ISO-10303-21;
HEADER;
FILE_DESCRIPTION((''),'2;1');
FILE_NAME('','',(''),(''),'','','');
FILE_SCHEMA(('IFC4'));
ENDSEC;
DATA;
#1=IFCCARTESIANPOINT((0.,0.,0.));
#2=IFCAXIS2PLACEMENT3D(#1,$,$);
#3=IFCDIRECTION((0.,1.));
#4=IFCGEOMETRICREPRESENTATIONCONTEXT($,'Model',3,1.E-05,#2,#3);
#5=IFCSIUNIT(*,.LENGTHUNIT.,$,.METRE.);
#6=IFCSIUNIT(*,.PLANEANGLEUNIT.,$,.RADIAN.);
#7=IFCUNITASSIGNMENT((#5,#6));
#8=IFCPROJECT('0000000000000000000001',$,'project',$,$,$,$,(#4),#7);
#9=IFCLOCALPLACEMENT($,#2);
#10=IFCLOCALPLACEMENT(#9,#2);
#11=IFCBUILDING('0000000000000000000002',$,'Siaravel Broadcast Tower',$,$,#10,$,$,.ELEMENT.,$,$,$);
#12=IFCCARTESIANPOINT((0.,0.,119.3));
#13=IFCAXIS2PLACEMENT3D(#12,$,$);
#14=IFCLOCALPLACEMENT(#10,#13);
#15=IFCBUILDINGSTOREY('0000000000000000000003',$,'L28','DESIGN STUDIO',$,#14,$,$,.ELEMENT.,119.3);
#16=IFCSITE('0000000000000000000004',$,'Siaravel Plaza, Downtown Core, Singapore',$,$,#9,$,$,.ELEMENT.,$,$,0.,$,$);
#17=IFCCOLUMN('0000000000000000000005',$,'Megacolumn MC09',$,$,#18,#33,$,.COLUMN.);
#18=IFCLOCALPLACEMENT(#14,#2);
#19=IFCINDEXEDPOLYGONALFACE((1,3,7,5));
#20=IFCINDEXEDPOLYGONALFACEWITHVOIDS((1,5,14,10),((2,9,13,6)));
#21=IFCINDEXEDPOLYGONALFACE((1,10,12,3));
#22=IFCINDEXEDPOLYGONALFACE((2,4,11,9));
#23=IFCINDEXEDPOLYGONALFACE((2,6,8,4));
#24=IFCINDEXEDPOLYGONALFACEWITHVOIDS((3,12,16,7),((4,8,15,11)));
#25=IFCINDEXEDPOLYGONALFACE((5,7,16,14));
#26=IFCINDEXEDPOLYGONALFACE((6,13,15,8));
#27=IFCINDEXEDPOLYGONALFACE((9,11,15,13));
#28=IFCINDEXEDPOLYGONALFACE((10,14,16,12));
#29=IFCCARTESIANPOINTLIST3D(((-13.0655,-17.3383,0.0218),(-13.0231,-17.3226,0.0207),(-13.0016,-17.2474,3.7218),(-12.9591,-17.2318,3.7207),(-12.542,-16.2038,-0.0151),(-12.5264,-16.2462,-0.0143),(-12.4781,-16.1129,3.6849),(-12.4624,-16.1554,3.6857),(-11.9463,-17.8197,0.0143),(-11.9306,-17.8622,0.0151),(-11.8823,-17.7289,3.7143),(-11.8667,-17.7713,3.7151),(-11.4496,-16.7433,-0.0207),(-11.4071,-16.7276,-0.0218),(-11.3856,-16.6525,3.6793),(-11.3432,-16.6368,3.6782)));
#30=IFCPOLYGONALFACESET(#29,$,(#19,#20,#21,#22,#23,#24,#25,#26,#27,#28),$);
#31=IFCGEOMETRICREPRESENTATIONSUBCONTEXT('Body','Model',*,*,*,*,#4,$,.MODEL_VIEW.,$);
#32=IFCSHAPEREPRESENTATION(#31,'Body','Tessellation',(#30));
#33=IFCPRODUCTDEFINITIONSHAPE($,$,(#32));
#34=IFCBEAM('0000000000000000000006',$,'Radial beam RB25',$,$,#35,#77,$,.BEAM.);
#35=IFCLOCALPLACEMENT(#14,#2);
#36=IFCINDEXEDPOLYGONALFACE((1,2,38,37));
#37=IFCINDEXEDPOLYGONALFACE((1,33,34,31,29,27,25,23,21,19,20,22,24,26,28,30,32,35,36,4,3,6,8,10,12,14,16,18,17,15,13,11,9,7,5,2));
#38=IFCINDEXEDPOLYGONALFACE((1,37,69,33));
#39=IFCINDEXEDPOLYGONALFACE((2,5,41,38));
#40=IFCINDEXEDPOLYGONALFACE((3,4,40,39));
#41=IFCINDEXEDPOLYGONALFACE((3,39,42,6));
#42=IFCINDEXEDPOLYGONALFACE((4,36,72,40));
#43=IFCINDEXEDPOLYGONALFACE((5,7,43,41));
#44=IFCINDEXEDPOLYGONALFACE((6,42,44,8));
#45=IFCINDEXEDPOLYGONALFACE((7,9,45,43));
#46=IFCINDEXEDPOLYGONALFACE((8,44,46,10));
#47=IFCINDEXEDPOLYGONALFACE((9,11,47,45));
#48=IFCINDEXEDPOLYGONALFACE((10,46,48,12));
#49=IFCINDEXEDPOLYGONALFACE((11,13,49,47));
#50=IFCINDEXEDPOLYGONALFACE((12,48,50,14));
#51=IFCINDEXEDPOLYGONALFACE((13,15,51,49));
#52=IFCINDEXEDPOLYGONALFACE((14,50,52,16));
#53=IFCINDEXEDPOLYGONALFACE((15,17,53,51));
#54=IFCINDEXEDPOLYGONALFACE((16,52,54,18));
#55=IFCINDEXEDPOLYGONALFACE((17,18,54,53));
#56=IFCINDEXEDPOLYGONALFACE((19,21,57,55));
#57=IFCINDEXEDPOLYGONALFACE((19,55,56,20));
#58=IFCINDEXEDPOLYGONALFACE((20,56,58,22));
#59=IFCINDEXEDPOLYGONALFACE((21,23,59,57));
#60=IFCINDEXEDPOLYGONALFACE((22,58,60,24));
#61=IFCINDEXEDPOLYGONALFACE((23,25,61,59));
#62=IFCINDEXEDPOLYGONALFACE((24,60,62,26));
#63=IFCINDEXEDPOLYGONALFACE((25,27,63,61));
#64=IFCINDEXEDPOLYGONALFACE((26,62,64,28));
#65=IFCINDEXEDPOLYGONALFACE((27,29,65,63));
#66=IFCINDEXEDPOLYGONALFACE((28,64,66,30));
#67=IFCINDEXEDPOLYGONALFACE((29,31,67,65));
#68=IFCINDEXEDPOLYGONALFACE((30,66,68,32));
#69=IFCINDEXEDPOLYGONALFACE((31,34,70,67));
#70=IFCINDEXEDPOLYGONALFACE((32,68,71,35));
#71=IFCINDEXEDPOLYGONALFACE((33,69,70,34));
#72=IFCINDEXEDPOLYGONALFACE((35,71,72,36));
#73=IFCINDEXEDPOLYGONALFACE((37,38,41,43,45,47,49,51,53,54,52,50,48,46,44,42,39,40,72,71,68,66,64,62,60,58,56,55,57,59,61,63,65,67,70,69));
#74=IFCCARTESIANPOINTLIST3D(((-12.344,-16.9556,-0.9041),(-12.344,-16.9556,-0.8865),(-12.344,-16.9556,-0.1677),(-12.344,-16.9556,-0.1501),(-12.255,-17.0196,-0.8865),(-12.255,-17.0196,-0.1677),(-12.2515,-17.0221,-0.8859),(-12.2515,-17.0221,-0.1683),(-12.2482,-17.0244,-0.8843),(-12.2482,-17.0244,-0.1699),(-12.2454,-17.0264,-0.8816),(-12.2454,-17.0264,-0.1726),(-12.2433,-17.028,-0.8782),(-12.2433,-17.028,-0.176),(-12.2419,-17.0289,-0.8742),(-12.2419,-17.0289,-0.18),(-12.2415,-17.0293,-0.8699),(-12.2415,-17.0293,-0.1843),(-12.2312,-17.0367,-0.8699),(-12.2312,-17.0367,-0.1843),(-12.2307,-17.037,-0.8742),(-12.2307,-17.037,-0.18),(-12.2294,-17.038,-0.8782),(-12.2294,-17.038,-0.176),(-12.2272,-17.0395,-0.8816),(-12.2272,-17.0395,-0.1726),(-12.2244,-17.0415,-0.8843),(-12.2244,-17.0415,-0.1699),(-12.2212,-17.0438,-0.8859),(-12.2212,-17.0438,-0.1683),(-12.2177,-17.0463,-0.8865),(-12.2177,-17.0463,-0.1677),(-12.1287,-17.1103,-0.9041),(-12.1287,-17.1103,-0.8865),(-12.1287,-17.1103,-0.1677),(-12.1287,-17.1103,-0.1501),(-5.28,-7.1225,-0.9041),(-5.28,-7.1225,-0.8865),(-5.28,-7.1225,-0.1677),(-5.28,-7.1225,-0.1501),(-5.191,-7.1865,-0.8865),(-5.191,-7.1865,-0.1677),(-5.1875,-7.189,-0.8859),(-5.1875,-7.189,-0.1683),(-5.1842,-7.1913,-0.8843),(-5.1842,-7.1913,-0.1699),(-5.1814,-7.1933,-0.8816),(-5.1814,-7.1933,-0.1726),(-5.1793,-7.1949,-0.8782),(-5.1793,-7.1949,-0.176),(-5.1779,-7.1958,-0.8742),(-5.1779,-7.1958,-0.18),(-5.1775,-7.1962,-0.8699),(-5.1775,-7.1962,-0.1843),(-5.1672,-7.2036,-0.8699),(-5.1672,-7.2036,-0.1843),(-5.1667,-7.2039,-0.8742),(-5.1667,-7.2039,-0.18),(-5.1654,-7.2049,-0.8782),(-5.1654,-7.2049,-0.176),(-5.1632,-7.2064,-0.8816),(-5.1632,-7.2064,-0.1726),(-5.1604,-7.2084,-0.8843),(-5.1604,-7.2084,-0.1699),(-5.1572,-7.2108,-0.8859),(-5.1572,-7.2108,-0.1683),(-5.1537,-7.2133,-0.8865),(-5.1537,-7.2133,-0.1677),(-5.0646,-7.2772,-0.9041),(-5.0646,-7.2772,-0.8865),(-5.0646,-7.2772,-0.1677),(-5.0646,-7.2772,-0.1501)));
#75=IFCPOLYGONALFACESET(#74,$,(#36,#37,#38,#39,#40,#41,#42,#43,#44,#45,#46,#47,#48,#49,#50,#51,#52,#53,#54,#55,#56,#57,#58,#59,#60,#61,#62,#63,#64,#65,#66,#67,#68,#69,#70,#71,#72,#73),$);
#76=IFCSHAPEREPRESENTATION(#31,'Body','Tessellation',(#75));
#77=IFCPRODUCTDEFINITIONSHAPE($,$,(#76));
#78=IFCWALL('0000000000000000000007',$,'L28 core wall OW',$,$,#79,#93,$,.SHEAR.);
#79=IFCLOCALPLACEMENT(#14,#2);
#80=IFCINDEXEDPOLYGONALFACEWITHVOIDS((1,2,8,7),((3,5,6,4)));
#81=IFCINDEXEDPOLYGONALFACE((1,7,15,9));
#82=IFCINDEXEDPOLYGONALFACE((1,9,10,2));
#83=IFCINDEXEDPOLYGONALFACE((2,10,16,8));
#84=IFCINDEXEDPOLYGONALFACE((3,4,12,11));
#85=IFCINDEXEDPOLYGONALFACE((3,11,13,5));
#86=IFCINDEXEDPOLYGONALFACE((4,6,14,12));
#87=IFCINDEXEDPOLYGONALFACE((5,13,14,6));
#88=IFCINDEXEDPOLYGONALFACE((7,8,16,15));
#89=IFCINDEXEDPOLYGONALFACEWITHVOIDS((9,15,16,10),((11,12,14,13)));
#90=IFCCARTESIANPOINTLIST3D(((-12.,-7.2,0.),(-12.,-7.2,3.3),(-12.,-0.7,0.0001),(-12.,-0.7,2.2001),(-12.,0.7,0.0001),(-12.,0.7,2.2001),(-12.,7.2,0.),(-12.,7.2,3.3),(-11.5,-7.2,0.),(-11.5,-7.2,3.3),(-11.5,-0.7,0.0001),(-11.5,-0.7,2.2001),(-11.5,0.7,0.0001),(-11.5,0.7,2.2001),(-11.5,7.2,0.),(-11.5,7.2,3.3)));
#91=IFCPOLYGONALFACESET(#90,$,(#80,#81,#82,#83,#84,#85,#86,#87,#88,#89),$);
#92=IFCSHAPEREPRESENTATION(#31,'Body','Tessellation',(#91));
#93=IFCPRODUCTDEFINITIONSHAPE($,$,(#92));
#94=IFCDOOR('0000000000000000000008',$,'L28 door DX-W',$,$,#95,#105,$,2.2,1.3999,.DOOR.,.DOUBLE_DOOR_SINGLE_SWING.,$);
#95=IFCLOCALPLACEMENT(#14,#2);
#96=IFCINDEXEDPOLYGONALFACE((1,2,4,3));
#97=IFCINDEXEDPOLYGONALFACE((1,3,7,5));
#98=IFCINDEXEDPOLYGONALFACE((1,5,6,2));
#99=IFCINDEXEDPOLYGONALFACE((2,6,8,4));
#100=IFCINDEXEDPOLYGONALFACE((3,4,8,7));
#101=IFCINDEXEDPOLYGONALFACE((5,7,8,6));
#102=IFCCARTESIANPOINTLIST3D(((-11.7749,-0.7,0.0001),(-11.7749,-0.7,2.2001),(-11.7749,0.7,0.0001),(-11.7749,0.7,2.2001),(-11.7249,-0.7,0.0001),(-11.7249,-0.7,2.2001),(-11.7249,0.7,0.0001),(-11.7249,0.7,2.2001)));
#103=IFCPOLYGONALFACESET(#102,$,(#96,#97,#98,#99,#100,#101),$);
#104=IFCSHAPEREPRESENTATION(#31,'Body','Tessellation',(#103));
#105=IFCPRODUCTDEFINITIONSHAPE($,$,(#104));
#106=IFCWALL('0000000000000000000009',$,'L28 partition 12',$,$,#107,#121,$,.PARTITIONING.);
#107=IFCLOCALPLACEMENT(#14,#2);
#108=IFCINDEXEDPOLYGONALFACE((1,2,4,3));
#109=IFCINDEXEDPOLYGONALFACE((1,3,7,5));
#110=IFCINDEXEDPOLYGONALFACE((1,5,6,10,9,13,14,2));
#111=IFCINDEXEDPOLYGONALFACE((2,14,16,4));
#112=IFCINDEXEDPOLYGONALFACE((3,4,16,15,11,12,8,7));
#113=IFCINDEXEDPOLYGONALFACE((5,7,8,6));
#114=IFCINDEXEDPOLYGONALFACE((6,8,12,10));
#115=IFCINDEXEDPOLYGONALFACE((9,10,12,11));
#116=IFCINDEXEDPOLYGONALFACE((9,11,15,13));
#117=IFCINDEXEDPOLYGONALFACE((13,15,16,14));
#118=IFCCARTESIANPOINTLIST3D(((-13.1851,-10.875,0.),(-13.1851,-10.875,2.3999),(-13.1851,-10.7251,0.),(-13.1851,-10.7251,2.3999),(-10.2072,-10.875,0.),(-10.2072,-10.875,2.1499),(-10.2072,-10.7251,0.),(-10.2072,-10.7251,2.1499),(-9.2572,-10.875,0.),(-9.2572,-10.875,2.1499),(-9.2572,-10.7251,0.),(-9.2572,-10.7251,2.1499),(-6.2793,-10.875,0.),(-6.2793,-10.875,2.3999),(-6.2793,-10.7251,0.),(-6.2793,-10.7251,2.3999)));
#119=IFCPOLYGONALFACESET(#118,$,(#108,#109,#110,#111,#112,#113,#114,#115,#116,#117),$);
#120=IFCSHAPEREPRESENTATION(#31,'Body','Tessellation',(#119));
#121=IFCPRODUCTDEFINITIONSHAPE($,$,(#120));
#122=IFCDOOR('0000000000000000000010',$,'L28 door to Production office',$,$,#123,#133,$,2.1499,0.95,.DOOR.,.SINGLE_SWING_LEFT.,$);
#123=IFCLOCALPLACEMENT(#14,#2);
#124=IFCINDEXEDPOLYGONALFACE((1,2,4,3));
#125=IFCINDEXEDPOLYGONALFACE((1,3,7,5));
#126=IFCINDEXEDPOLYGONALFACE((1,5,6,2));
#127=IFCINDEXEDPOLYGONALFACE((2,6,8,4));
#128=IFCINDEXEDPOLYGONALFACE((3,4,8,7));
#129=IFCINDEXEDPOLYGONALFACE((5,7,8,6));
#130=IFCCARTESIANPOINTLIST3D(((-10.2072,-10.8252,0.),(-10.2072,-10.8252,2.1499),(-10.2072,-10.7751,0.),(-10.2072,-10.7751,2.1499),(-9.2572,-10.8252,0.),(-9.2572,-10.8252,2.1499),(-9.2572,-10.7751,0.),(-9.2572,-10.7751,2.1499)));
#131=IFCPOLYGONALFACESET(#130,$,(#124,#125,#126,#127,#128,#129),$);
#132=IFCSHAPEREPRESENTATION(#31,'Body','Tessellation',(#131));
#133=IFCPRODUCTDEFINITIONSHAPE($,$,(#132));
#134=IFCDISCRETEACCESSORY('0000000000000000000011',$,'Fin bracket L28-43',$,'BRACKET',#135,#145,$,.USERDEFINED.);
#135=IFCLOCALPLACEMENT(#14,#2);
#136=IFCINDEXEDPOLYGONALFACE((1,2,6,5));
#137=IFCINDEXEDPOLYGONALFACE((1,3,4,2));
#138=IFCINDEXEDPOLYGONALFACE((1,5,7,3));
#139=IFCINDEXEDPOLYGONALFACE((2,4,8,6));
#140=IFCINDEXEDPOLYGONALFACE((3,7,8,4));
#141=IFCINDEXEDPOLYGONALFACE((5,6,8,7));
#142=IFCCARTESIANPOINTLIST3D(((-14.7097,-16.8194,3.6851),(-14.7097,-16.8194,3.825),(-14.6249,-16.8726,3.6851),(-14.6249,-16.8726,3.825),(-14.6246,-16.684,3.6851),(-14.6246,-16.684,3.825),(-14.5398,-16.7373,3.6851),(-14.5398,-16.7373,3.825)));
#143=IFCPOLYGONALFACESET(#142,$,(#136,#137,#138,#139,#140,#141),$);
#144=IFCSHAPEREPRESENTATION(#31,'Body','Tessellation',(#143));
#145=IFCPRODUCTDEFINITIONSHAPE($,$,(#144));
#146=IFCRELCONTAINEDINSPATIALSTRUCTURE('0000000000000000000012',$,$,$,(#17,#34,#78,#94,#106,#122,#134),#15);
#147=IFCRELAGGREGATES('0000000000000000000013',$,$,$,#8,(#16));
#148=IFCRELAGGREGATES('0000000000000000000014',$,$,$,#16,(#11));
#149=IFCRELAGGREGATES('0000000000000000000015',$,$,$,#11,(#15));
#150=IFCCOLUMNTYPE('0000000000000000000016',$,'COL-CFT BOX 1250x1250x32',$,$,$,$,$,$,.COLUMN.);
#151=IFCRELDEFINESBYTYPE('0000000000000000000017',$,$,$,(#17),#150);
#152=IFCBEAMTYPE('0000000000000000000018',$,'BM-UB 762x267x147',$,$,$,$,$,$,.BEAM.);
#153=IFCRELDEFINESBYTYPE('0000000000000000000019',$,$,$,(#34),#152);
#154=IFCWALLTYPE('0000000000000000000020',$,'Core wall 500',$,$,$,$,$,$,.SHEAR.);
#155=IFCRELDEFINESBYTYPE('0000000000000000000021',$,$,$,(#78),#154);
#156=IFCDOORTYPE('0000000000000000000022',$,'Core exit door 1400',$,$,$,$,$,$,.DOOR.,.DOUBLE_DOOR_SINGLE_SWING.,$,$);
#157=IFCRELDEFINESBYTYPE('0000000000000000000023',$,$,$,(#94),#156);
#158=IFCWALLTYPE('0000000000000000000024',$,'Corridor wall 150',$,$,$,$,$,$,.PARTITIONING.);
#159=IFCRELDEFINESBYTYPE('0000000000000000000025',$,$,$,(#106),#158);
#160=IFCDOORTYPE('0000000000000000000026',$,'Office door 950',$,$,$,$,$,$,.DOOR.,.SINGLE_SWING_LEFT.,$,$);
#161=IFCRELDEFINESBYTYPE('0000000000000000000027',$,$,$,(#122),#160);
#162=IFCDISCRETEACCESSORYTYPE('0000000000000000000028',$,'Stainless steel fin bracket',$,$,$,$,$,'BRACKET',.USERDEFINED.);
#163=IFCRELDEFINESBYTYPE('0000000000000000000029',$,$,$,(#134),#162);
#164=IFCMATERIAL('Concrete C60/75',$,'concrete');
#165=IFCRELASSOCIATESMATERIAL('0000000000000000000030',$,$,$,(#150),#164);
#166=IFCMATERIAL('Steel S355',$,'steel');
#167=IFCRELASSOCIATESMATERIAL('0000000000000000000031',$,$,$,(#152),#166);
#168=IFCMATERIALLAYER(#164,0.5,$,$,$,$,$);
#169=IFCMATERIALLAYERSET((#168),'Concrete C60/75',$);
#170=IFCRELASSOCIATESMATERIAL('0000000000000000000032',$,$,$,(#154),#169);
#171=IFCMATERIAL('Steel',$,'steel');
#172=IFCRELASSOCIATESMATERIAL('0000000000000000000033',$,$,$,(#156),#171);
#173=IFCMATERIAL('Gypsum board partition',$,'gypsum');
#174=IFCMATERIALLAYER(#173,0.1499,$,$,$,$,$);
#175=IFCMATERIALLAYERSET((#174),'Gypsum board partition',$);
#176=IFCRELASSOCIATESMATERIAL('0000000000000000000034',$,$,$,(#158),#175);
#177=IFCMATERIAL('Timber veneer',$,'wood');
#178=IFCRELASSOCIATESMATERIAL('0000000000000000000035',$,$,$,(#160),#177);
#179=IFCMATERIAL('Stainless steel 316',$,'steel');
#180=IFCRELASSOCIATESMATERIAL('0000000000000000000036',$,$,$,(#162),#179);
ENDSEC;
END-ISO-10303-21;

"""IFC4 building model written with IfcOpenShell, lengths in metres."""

from ifc_helpers import new_model, si_unit, direction, frame, frame_2d, origin, origin_2d, place, context, subcontext, project, spatial, rectangle, hollow_rectangle, i_section, extrude, material, layer, layer_set, material_profile, profile_set, type_object, element, fill, save


model = new_model("IFC4")

# Units and contexts
model_context = context("Model", 3, precision=1e-05, world=origin(), true_north=direction((0.0, 1.0)))
body_context = subcontext(model_context, "Body", "Model", "MODEL_VIEW")
ifc_project = project(units=[si_unit("LENGTHUNIT", "METRE"), si_unit("PLANEANGLEUNIT", "RADIAN")], contexts=[model_context])

# Site, building, storey
site_placement = place(None, origin())
site = spatial("IfcSite", under=ifc_project, at=site_placement, Name="Siaravel Plaza, Downtown Core, Singapore", CompositionType="ELEMENT", RefElevation=0.0)
building_placement = place(site_placement, origin())
building = spatial("IfcBuilding", under=site, at=building_placement, Name="Siaravel Broadcast Tower", CompositionType="ELEMENT")
storey_placement = place(building_placement, frame((0.0, 0.0, 119.3)))
storey = spatial("IfcBuildingStorey", under=building, at=storey_placement, Name="L28", Description="DESIGN STUDIO", CompositionType="ELEMENT", Elevation=119.3)

# Column
ifc_material_1 = material(Name="Concrete C60/75", Category="concrete")
ifc_material_profile_1 = material_profile(ifc_material_1, hollow_rectangle(XDim=1.25, YDim=1.25, WallThickness=0.032, at=origin_2d()))
ifc_profile_set_1 = profile_set([ifc_material_profile_1], Name="Concrete C60/75")
column_type = type_object("IfcColumnType", Name="COL-CFT BOX 1250x1250x32", PredefinedType="COLUMN", material=ifc_profile_set_1)
column_placement = place(storey_placement, frame((-12.2363, -17.033, 0.0), z_axis=(0.01728, 0.024535, 0.99955), x_axis=(-0.90792, 0.419108, 0.005409)))
element("IfcColumn", 1, at=column_placement, inside=storey, type_object=column_type, Name="Megacolumn MC09", PredefinedType="COLUMN", context=body_context, shape_type="SweptSolid", body=[
    extrude(hollow_rectangle(XDim=1.25, YDim=1.25, WallThickness=0.032, at=origin_2d()), origin(), (0.0, 0.0, 1.0), 3.7017),
])

# Beam
ifc_material_2 = material(Name="Steel S355", Category="steel")
ifc_material_profile_2 = material_profile(ifc_material_2, i_section(OverallWidth=0.2651, OverallDepth=0.7539, WebThickness=0.0127, FlangeThickness=0.0176, FilletRadius=0.0166, at=origin_2d()))
ifc_profile_set_2 = profile_set([ifc_material_profile_2], Name="Steel S355")
beam_type = type_object("IfcBeamType", Name="BM-UB 762x267x147", PredefinedType="BEAM", material=ifc_profile_set_2)
beam_placement = place(storey_placement, frame((-12.2363, -17.033, -0.5271), z_axis=(0.583445, 0.812153, 0.0), x_axis=(-0.812153, 0.583445, 0.0)))
element("IfcBeam", 2, at=beam_placement, inside=storey, type_object=beam_type, Name="Radial beam RB25", PredefinedType="BEAM", context=body_context, shape_type="SweptSolid", body=[
    extrude(i_section(OverallWidth=0.2651, OverallDepth=0.7539, WebThickness=0.0127, FlangeThickness=0.0176, FilletRadius=0.0166, at=origin_2d()), origin(), (0.0, 0.0, 1.0), 12.1074),
])

# Walls, openings, doors
ifc_layer_1 = layer(ifc_material_1, 0.5)
ifc_layer_set_1 = layer_set([ifc_layer_1], Name="Concrete C60/75")
wall_type_1 = type_object("IfcWallType", Name="Core wall 500", PredefinedType="SHEAR", material=ifc_layer_set_1)
wall_1_placement = place(storey_placement, frame((-11.75, -7.2, 0.0), z_axis=(0.0, 0.0, 1.0), x_axis=(0.0, 1.0, 0.0)))
wall_1 = element("IfcWall", 3, at=wall_1_placement, inside=storey, type_object=wall_type_1, Name="L28 core wall OW", PredefinedType="SHEAR", context=body_context, shape_type="SweptSolid", body=[
    extrude(rectangle(XDim=14.3999, YDim=0.5, at=frame_2d((7.2, 0.0))), origin(), (0.0, 0.0, 1.0), 3.3),
])
opening_1_placement = place(wall_1_placement, frame((6.5, 0.0, 0.0)))
opening_1 = element("IfcOpeningElement", 4, at=opening_1_placement, cuts=wall_1, PredefinedType="OPENING", context=body_context, shape_type="SweptSolid", body=[
    extrude(rectangle(XDim=1.3999, YDim=2.2, at=frame_2d((0.7, 1.1001))), frame((0.0, 0.26, 0.0), z_axis=(0.0, -1.0, 0.0), x_axis=(1.0, 0.0, 0.0)), (0.0, 0.0, 1.0), 0.52),
])
ifc_material_3 = material(Name="Steel", Category="steel")
door_type_1 = type_object("IfcDoorType", Name="Core exit door 1400", OperationType="DOUBLE_DOOR_SINGLE_SWING", PredefinedType="DOOR", material=ifc_material_3)
door_1_placement = place(opening_1_placement, origin())
door_1 = element("IfcDoor", 5, at=door_1_placement, inside=storey, type_object=door_type_1, Name="L28 door DX-W", OperationType="DOUBLE_DOOR_SINGLE_SWING", OverallHeight=2.2, OverallWidth=1.3999, PredefinedType="DOOR", context=body_context, shape_type="SweptSolid", body=[
    extrude(rectangle(XDim=1.3999, YDim=2.2, at=frame_2d((0.7, 1.1001))), frame((0.0, 0.0249, 0.0), z_axis=(0.0, -1.0, 0.0), x_axis=(1.0, 0.0, 0.0)), (0.0, 0.0, 1.0), 0.05),
])
fill(opening_1, door_1)
ifc_material_4 = material(Name="Gypsum board partition", Category="gypsum")
ifc_layer_2 = layer(ifc_material_4, 0.1499)
ifc_layer_set_2 = layer_set([ifc_layer_2], Name="Gypsum board partition")
wall_type_2 = type_object("IfcWallType", Name="Corridor wall 150", PredefinedType="PARTITIONING", material=ifc_layer_set_2)
wall_2_placement = place(storey_placement, frame((-13.1851, -10.8, 0.0), z_axis=(0.0, 0.0, 1.0), x_axis=(1.0, 0.0, 0.0)))
wall_2 = element("IfcWall", 6, at=wall_2_placement, inside=storey, type_object=wall_type_2, Name="L28 partition 12", PredefinedType="PARTITIONING", context=body_context, shape_type="SweptSolid", body=[
    extrude(rectangle(XDim=6.9058, YDim=0.1499, at=frame_2d((3.4529, 0.0))), origin(), (0.0, 0.0, 1.0), 2.3999),
])
opening_2_placement = place(wall_2_placement, frame((2.9778, 0.0, 0.0)))
opening_2 = element("IfcOpeningElement", 7, at=opening_2_placement, cuts=wall_2, PredefinedType="OPENING", context=body_context, shape_type="SweptSolid", body=[
    extrude(rectangle(XDim=0.95, YDim=2.1499, at=frame_2d((0.4751, 1.075))), frame((0.0, 0.085, 0.0), z_axis=(0.0, -1.0, 0.0), x_axis=(1.0, 0.0, 0.0)), (0.0, 0.0, 1.0), 0.1699),
])
ifc_material_5 = material(Name="Timber veneer", Category="wood")
door_type_2 = type_object("IfcDoorType", Name="Office door 950", OperationType="SINGLE_SWING_LEFT", PredefinedType="DOOR", material=ifc_material_5)
door_2_placement = place(opening_2_placement, origin())
door_2 = element("IfcDoor", 8, at=door_2_placement, inside=storey, type_object=door_type_2, Name="L28 door to Production office", OperationType="SINGLE_SWING_LEFT", OverallHeight=2.1499, OverallWidth=0.95, PredefinedType="DOOR", context=body_context, shape_type="SweptSolid", body=[
    extrude(rectangle(XDim=0.95, YDim=2.1499, at=frame_2d((0.4751, 1.075))), frame((0.0, 0.0249, 0.0), z_axis=(0.0, -1.0, 0.0), x_axis=(1.0, 0.0, 0.0)), (0.0, 0.0, 1.0), 0.05),
])
fill(opening_2, door_2)

# Discrete accessory
ifc_material_6 = material(Name="Stainless steel 316", Category="steel")
discrete_accessory_type = type_object("IfcDiscreteAccessoryType", Name="Stainless steel fin bracket", ElementType="BRACKET", PredefinedType="USERDEFINED", material=ifc_material_6)
discrete_accessory_placement = place(storey_placement, frame((-14.6248, -16.7783, 3.6851), z_axis=(0.0, 0.0, 1.0), x_axis=(-0.532149, -0.84665, 0.0)))
element("IfcDiscreteAccessory", 9, at=discrete_accessory_placement, inside=storey, type_object=discrete_accessory_type, Name="Fin bracket L28-43", ObjectType="BRACKET", PredefinedType="USERDEFINED", context=body_context, shape_type="SweptSolid", body=[
    extrude(rectangle(XDim=0.1599, YDim=0.1001, at=origin_2d()), origin(), (0.0, 0.0, 1.0), 0.1399),
])

save(model, "model.ifc")
